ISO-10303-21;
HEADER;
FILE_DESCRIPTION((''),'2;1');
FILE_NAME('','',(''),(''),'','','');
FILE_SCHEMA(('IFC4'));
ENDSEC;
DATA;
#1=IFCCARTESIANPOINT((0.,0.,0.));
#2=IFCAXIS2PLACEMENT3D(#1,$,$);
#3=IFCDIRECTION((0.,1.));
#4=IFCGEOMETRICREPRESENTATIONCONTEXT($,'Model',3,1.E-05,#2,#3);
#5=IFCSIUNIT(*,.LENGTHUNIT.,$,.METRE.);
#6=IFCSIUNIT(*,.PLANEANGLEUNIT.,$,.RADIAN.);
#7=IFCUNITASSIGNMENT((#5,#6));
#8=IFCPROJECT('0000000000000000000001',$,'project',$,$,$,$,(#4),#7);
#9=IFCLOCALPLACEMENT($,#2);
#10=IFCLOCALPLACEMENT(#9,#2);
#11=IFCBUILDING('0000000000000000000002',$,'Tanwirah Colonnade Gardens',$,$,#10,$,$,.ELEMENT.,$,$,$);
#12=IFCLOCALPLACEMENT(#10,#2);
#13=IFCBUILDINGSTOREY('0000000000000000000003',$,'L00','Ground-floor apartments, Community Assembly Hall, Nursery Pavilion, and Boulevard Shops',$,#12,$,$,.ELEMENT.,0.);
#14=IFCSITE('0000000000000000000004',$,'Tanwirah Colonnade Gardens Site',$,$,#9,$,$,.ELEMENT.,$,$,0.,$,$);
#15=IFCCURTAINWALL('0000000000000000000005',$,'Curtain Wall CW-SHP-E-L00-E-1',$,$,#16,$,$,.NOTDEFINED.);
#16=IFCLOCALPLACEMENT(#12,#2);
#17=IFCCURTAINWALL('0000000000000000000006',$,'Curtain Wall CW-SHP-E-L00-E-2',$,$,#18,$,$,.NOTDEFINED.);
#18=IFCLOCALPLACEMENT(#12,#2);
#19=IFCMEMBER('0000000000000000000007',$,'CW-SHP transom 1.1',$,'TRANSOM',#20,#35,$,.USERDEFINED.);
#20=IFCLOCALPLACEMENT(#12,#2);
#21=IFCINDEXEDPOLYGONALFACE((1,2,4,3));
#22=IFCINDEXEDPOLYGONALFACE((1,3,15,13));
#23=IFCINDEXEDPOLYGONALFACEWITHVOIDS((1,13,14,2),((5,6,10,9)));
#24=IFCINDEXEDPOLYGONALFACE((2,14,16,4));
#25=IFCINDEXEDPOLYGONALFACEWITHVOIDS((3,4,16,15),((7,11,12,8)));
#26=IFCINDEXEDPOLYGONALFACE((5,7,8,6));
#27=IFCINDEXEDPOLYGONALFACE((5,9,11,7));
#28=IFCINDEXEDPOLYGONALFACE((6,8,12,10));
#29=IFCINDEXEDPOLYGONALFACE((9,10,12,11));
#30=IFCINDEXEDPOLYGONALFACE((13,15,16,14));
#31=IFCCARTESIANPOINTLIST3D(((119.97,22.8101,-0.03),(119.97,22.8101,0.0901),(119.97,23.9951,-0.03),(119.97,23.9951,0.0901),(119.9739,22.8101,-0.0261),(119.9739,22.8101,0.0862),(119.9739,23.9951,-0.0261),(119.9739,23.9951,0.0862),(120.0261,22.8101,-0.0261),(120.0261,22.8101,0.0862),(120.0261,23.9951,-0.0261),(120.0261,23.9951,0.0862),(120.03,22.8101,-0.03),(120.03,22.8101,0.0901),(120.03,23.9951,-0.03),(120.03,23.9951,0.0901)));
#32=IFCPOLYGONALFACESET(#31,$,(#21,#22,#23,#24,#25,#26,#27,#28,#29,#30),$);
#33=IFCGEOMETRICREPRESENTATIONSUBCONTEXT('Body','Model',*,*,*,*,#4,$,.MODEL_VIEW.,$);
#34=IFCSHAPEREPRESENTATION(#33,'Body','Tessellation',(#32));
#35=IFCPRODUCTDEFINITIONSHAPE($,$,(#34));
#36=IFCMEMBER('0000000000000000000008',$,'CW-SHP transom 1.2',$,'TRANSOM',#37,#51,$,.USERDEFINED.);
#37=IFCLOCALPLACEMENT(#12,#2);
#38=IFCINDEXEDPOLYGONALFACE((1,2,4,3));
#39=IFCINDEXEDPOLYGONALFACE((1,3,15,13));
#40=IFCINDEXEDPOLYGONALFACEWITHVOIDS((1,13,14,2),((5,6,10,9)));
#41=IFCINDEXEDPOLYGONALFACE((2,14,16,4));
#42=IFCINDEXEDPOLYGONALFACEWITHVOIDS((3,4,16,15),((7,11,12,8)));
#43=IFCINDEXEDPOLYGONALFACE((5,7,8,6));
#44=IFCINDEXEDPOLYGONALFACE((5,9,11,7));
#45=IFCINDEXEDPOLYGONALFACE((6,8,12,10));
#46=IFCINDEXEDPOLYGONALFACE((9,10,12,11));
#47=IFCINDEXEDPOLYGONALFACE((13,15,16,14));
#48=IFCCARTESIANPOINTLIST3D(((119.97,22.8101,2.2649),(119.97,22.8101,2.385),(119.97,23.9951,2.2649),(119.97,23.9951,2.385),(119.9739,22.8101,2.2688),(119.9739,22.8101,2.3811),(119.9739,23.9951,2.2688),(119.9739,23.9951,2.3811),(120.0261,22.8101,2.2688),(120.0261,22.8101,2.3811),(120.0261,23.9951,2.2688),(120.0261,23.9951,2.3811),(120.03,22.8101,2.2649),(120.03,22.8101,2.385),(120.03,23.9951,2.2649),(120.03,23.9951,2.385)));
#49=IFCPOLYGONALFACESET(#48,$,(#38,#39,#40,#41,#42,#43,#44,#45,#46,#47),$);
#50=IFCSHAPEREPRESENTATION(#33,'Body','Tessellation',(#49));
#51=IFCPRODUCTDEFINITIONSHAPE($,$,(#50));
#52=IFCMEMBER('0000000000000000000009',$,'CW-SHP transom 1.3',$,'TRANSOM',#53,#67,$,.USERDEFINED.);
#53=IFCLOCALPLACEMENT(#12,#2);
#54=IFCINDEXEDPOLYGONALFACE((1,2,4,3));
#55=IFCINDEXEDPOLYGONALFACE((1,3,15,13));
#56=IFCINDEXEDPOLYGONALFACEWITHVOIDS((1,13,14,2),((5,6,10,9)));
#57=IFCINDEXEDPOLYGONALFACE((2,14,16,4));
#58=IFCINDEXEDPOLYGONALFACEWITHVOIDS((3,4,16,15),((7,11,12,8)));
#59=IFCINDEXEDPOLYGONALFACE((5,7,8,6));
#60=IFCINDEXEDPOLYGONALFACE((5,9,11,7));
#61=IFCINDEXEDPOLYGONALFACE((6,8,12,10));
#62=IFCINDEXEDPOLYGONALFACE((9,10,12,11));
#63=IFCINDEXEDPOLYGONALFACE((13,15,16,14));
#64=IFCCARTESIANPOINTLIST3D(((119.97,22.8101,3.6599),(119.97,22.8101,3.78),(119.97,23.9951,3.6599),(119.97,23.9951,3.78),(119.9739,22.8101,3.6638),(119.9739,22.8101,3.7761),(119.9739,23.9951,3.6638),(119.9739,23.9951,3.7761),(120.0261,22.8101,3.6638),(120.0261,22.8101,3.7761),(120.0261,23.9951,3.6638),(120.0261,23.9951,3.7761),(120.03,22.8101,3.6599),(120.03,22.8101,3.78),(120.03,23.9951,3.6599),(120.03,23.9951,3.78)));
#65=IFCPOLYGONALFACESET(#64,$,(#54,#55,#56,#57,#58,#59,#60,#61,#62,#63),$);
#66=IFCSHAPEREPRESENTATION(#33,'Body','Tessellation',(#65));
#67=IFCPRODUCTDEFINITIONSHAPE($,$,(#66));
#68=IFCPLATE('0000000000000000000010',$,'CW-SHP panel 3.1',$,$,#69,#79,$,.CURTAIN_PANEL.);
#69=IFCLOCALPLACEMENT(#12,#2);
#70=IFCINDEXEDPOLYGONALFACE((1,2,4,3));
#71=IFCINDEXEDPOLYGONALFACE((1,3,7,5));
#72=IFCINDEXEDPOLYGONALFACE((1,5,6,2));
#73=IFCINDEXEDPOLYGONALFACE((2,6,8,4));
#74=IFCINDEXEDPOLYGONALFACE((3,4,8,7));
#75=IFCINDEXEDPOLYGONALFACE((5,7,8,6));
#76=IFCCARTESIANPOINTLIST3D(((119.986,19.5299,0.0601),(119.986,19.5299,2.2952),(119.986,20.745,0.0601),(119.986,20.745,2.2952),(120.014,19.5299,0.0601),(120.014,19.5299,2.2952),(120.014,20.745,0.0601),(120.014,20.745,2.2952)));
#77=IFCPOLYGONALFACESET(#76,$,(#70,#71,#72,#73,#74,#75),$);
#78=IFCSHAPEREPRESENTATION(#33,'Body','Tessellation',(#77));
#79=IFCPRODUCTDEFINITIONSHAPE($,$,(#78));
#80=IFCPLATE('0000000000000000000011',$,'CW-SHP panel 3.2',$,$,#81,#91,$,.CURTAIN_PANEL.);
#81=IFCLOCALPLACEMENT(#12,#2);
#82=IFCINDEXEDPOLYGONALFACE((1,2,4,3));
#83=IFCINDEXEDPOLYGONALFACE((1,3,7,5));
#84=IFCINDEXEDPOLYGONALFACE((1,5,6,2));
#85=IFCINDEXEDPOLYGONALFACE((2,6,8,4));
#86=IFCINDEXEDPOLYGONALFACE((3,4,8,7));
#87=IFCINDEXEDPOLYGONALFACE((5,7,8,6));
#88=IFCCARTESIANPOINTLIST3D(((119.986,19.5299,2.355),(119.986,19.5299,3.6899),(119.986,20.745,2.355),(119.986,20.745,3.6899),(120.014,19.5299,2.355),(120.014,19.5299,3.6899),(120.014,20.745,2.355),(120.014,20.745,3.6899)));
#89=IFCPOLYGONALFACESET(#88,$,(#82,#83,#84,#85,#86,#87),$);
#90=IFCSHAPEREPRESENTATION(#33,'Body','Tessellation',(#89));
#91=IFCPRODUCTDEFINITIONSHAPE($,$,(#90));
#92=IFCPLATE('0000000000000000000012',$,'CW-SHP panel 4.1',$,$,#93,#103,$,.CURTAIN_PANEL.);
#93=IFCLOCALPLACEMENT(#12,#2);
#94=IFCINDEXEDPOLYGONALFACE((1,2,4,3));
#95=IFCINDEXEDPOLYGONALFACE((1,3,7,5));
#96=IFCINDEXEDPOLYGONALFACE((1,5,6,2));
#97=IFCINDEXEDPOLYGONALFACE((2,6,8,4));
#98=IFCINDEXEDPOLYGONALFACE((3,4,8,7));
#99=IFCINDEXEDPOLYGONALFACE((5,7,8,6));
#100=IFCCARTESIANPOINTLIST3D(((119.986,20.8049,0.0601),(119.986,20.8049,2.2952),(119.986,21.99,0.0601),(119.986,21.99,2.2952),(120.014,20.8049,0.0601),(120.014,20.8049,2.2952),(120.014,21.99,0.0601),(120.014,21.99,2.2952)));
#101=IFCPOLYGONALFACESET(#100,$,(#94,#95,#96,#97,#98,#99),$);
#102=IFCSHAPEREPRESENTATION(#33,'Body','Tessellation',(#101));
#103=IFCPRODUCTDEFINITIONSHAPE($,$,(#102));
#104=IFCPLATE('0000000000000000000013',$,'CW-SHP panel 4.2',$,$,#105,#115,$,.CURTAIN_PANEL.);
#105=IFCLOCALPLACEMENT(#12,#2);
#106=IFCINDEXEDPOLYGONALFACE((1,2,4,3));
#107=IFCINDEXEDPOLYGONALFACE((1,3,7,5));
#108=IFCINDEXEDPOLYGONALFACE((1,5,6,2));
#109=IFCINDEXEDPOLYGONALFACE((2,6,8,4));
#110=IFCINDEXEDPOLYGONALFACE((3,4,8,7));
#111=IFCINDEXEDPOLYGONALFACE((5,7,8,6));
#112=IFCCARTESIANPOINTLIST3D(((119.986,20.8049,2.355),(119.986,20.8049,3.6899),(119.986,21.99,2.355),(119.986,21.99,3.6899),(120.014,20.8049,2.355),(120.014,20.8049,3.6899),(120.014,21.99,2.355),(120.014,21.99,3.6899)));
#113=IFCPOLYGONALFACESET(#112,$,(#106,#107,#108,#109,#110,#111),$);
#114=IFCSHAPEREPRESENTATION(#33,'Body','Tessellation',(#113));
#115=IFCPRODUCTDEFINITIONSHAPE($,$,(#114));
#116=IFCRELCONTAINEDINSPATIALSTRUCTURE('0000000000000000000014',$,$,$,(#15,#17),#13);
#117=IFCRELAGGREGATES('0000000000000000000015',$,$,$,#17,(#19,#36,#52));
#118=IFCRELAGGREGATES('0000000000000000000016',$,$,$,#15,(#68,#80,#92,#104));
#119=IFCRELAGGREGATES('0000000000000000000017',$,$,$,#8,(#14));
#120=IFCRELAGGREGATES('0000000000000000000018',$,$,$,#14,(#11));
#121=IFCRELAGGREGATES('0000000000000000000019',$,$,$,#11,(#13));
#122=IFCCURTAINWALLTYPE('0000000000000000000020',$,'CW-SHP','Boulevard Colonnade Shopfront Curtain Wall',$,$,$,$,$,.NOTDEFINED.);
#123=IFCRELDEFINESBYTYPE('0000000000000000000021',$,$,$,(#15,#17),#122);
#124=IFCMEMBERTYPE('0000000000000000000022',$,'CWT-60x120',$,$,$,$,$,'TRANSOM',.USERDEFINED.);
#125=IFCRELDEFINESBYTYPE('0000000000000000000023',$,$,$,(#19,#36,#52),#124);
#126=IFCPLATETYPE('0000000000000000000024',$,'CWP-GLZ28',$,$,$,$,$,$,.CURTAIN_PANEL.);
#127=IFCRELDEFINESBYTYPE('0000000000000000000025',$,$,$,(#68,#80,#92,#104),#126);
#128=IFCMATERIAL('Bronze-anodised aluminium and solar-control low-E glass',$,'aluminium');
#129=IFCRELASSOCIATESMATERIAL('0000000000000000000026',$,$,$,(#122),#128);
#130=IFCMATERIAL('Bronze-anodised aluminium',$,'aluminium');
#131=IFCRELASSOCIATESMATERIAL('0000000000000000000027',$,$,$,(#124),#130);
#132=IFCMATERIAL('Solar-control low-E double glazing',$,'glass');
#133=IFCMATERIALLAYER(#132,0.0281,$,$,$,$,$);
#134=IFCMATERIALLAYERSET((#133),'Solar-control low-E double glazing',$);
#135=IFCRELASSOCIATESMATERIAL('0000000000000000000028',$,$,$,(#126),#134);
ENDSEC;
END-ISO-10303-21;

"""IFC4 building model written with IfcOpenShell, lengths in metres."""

from ifc_helpers import new_model, si_unit, direction, frame, origin, origin_2d, place, context, subcontext, project, spatial, rectangle, hollow_rectangle, extrude, material, layer, layer_set, material_profile, profile_set, type_object, element, aggregate, save


model = new_model("IFC4")

# Units and contexts
model_context = context("Model", 3, precision=1e-05, world=origin(), true_north=direction((0.0, 1.0)))
body_context = subcontext(model_context, "Body", "Model", "MODEL_VIEW")
ifc_project = project(units=[si_unit("LENGTHUNIT", "METRE"), si_unit("PLANEANGLEUNIT", "RADIAN")], contexts=[model_context])

# Site, building, storey
site_placement = place(None, origin())
site = spatial("IfcSite", under=ifc_project, at=site_placement, Name="Tanwirah Colonnade Gardens Site", CompositionType="ELEMENT", RefElevation=0.0)
building_placement = place(site_placement, origin())
building = spatial("IfcBuilding", under=site, at=building_placement, Name="Tanwirah Colonnade Gardens", CompositionType="ELEMENT")
storey_placement = place(building_placement, origin())
storey = spatial("IfcBuildingStorey", under=building, at=storey_placement, Name="L00", Description="Ground-floor apartments, Community Assembly Hall, Nursery Pavilion, and Boulevard Shops", CompositionType="ELEMENT", Elevation=0.0)

# Curtain wall
ifc_material_1 = material(Name="Bronze-anodised aluminium and solar-control low-E glass", Category="aluminium")
curtain_wall_type = type_object("IfcCurtainWallType", Name="CW-SHP", Description="Boulevard Colonnade Shopfront Curtain Wall", PredefinedType="NOTDEFINED", material=ifc_material_1)
curtain_wall_1_placement = place(storey_placement, origin())
curtain_wall_1 = element("IfcCurtainWall", 1, at=curtain_wall_1_placement, inside=storey, type_object=curtain_wall_type, Name="Curtain Wall CW-SHP-E-L00-E-1", PredefinedType="NOTDEFINED")
ifc_material_2 = material(Name="Bronze-anodised aluminium", Category="aluminium")

# Curtain wall
curtain_wall_2_placement = place(storey_placement, origin())
curtain_wall_2 = element("IfcCurtainWall", 2, at=curtain_wall_2_placement, inside=storey, type_object=curtain_wall_type, Name="Curtain Wall CW-SHP-E-L00-E-2", PredefinedType="NOTDEFINED")

# Members
ifc_material_profile_1 = material_profile(ifc_material_2, hollow_rectangle(XDim=0.0601, YDim=0.1201, WallThickness=0.0039, at=origin_2d()), Name="CW-TRN 60x120x4")
ifc_profile_set_1 = profile_set([ifc_material_profile_1], Name="Bronze-anodised aluminium")
member_type_1 = type_object("IfcMemberType", Name="CWT-60x120", ElementType="TRANSOM", PredefinedType="USERDEFINED", material=ifc_profile_set_1)
member_1_placement = place(storey_placement, frame((120.0, 22.8101, 0.03), z_axis=(0.0, 1.0, 0.0), x_axis=(-1.0, 0.0, 0.0)))
member_1 = element("IfcMember", 3, at=member_1_placement, type_object=member_type_1, Name="CW-SHP transom 1.1", ObjectType="TRANSOM", PredefinedType="USERDEFINED", context=body_context, shape_type="SweptSolid", body=[
    extrude(hollow_rectangle(XDim=0.0601, YDim=0.1201, WallThickness=0.0039, at=origin_2d()), origin(), (0.0, 0.0, 1.0), 1.1851),
])
member_2_placement = place(storey_placement, frame((120.0, 22.8101, 2.325), z_axis=(0.0, 1.0, 0.0), x_axis=(-1.0, 0.0, 0.0)))
member_2 = element("IfcMember", 4, at=member_2_placement, type_object=member_type_1, Name="CW-SHP transom 1.2", ObjectType="TRANSOM", PredefinedType="USERDEFINED", context=body_context, shape_type="SweptSolid", body=[
    extrude(hollow_rectangle(XDim=0.0601, YDim=0.1201, WallThickness=0.0039, at=origin_2d()), origin(), (0.0, 0.0, 1.0), 1.1851),
])
member_3_placement = place(storey_placement, frame((120.0, 22.8101, 3.72), z_axis=(0.0, 1.0, 0.0), x_axis=(-1.0, 0.0, 0.0)))
member_3 = element("IfcMember", 5, at=member_3_placement, type_object=member_type_1, Name="CW-SHP transom 1.3", ObjectType="TRANSOM", PredefinedType="USERDEFINED", context=body_context, shape_type="SweptSolid", body=[
    extrude(hollow_rectangle(XDim=0.0601, YDim=0.1201, WallThickness=0.0039, at=origin_2d()), origin(), (0.0, 0.0, 1.0), 1.1851),
])
aggregate(curtain_wall_2, [member_1, member_2, member_3])

# Plates
ifc_material_3 = material(Name="Solar-control low-E double glazing", Category="glass")
ifc_layer = layer(ifc_material_3, 0.0281)
ifc_layer_set = layer_set([ifc_layer], Name="Solar-control low-E double glazing")
plate_type = type_object("IfcPlateType", Name="CWP-GLZ28", PredefinedType="CURTAIN_PANEL", material=ifc_layer_set)
plate_1_placement = place(storey_placement, frame((120.0, 20.1375, 0.0601), z_axis=(0.0, 0.0, 1.0), x_axis=(0.0, 1.0, 0.0)))
plate_1 = element("IfcPlate", 6, at=plate_1_placement, type_object=plate_type, Name="CW-SHP panel 3.1", PredefinedType="CURTAIN_PANEL", context=body_context, shape_type="SweptSolid", body=[
    extrude(rectangle(XDim=1.2151, YDim=0.0281, at=origin_2d()), origin(), (0.0, 0.0, 1.0), 2.2351),
])
plate_2_placement = place(storey_placement, frame((120.0, 20.1375, 2.355), z_axis=(0.0, 0.0, 1.0), x_axis=(0.0, 1.0, 0.0)))
plate_2 = element("IfcPlate", 7, at=plate_2_placement, type_object=plate_type, Name="CW-SHP panel 3.2", PredefinedType="CURTAIN_PANEL", context=body_context, shape_type="SweptSolid", body=[
    extrude(rectangle(XDim=1.2151, YDim=0.0281, at=origin_2d()), origin(), (0.0, 0.0, 1.0), 1.335),
])
plate_3_placement = place(storey_placement, frame((120.0, 21.3975, 0.0601), z_axis=(0.0, 0.0, 1.0), x_axis=(0.0, 1.0, 0.0)))
plate_3 = element("IfcPlate", 8, at=plate_3_placement, type_object=plate_type, Name="CW-SHP panel 4.1", PredefinedType="CURTAIN_PANEL", context=body_context, shape_type="SweptSolid", body=[
    extrude(rectangle(XDim=1.1851, YDim=0.0281, at=origin_2d()), origin(), (0.0, 0.0, 1.0), 2.2351),
])
plate_4_placement = place(storey_placement, frame((120.0, 21.3975, 2.355), z_axis=(0.0, 0.0, 1.0), x_axis=(0.0, 1.0, 0.0)))
plate_4 = element("IfcPlate", 9, at=plate_4_placement, type_object=plate_type, Name="CW-SHP panel 4.2", PredefinedType="CURTAIN_PANEL", context=body_context, shape_type="SweptSolid", body=[
    extrude(rectangle(XDim=1.1851, YDim=0.0281, at=origin_2d()), origin(), (0.0, 0.0, 1.0), 1.335),
])
aggregate(curtain_wall_1, [plate_1, plate_2, plate_3, plate_4])

save(model, "model.ifc")
